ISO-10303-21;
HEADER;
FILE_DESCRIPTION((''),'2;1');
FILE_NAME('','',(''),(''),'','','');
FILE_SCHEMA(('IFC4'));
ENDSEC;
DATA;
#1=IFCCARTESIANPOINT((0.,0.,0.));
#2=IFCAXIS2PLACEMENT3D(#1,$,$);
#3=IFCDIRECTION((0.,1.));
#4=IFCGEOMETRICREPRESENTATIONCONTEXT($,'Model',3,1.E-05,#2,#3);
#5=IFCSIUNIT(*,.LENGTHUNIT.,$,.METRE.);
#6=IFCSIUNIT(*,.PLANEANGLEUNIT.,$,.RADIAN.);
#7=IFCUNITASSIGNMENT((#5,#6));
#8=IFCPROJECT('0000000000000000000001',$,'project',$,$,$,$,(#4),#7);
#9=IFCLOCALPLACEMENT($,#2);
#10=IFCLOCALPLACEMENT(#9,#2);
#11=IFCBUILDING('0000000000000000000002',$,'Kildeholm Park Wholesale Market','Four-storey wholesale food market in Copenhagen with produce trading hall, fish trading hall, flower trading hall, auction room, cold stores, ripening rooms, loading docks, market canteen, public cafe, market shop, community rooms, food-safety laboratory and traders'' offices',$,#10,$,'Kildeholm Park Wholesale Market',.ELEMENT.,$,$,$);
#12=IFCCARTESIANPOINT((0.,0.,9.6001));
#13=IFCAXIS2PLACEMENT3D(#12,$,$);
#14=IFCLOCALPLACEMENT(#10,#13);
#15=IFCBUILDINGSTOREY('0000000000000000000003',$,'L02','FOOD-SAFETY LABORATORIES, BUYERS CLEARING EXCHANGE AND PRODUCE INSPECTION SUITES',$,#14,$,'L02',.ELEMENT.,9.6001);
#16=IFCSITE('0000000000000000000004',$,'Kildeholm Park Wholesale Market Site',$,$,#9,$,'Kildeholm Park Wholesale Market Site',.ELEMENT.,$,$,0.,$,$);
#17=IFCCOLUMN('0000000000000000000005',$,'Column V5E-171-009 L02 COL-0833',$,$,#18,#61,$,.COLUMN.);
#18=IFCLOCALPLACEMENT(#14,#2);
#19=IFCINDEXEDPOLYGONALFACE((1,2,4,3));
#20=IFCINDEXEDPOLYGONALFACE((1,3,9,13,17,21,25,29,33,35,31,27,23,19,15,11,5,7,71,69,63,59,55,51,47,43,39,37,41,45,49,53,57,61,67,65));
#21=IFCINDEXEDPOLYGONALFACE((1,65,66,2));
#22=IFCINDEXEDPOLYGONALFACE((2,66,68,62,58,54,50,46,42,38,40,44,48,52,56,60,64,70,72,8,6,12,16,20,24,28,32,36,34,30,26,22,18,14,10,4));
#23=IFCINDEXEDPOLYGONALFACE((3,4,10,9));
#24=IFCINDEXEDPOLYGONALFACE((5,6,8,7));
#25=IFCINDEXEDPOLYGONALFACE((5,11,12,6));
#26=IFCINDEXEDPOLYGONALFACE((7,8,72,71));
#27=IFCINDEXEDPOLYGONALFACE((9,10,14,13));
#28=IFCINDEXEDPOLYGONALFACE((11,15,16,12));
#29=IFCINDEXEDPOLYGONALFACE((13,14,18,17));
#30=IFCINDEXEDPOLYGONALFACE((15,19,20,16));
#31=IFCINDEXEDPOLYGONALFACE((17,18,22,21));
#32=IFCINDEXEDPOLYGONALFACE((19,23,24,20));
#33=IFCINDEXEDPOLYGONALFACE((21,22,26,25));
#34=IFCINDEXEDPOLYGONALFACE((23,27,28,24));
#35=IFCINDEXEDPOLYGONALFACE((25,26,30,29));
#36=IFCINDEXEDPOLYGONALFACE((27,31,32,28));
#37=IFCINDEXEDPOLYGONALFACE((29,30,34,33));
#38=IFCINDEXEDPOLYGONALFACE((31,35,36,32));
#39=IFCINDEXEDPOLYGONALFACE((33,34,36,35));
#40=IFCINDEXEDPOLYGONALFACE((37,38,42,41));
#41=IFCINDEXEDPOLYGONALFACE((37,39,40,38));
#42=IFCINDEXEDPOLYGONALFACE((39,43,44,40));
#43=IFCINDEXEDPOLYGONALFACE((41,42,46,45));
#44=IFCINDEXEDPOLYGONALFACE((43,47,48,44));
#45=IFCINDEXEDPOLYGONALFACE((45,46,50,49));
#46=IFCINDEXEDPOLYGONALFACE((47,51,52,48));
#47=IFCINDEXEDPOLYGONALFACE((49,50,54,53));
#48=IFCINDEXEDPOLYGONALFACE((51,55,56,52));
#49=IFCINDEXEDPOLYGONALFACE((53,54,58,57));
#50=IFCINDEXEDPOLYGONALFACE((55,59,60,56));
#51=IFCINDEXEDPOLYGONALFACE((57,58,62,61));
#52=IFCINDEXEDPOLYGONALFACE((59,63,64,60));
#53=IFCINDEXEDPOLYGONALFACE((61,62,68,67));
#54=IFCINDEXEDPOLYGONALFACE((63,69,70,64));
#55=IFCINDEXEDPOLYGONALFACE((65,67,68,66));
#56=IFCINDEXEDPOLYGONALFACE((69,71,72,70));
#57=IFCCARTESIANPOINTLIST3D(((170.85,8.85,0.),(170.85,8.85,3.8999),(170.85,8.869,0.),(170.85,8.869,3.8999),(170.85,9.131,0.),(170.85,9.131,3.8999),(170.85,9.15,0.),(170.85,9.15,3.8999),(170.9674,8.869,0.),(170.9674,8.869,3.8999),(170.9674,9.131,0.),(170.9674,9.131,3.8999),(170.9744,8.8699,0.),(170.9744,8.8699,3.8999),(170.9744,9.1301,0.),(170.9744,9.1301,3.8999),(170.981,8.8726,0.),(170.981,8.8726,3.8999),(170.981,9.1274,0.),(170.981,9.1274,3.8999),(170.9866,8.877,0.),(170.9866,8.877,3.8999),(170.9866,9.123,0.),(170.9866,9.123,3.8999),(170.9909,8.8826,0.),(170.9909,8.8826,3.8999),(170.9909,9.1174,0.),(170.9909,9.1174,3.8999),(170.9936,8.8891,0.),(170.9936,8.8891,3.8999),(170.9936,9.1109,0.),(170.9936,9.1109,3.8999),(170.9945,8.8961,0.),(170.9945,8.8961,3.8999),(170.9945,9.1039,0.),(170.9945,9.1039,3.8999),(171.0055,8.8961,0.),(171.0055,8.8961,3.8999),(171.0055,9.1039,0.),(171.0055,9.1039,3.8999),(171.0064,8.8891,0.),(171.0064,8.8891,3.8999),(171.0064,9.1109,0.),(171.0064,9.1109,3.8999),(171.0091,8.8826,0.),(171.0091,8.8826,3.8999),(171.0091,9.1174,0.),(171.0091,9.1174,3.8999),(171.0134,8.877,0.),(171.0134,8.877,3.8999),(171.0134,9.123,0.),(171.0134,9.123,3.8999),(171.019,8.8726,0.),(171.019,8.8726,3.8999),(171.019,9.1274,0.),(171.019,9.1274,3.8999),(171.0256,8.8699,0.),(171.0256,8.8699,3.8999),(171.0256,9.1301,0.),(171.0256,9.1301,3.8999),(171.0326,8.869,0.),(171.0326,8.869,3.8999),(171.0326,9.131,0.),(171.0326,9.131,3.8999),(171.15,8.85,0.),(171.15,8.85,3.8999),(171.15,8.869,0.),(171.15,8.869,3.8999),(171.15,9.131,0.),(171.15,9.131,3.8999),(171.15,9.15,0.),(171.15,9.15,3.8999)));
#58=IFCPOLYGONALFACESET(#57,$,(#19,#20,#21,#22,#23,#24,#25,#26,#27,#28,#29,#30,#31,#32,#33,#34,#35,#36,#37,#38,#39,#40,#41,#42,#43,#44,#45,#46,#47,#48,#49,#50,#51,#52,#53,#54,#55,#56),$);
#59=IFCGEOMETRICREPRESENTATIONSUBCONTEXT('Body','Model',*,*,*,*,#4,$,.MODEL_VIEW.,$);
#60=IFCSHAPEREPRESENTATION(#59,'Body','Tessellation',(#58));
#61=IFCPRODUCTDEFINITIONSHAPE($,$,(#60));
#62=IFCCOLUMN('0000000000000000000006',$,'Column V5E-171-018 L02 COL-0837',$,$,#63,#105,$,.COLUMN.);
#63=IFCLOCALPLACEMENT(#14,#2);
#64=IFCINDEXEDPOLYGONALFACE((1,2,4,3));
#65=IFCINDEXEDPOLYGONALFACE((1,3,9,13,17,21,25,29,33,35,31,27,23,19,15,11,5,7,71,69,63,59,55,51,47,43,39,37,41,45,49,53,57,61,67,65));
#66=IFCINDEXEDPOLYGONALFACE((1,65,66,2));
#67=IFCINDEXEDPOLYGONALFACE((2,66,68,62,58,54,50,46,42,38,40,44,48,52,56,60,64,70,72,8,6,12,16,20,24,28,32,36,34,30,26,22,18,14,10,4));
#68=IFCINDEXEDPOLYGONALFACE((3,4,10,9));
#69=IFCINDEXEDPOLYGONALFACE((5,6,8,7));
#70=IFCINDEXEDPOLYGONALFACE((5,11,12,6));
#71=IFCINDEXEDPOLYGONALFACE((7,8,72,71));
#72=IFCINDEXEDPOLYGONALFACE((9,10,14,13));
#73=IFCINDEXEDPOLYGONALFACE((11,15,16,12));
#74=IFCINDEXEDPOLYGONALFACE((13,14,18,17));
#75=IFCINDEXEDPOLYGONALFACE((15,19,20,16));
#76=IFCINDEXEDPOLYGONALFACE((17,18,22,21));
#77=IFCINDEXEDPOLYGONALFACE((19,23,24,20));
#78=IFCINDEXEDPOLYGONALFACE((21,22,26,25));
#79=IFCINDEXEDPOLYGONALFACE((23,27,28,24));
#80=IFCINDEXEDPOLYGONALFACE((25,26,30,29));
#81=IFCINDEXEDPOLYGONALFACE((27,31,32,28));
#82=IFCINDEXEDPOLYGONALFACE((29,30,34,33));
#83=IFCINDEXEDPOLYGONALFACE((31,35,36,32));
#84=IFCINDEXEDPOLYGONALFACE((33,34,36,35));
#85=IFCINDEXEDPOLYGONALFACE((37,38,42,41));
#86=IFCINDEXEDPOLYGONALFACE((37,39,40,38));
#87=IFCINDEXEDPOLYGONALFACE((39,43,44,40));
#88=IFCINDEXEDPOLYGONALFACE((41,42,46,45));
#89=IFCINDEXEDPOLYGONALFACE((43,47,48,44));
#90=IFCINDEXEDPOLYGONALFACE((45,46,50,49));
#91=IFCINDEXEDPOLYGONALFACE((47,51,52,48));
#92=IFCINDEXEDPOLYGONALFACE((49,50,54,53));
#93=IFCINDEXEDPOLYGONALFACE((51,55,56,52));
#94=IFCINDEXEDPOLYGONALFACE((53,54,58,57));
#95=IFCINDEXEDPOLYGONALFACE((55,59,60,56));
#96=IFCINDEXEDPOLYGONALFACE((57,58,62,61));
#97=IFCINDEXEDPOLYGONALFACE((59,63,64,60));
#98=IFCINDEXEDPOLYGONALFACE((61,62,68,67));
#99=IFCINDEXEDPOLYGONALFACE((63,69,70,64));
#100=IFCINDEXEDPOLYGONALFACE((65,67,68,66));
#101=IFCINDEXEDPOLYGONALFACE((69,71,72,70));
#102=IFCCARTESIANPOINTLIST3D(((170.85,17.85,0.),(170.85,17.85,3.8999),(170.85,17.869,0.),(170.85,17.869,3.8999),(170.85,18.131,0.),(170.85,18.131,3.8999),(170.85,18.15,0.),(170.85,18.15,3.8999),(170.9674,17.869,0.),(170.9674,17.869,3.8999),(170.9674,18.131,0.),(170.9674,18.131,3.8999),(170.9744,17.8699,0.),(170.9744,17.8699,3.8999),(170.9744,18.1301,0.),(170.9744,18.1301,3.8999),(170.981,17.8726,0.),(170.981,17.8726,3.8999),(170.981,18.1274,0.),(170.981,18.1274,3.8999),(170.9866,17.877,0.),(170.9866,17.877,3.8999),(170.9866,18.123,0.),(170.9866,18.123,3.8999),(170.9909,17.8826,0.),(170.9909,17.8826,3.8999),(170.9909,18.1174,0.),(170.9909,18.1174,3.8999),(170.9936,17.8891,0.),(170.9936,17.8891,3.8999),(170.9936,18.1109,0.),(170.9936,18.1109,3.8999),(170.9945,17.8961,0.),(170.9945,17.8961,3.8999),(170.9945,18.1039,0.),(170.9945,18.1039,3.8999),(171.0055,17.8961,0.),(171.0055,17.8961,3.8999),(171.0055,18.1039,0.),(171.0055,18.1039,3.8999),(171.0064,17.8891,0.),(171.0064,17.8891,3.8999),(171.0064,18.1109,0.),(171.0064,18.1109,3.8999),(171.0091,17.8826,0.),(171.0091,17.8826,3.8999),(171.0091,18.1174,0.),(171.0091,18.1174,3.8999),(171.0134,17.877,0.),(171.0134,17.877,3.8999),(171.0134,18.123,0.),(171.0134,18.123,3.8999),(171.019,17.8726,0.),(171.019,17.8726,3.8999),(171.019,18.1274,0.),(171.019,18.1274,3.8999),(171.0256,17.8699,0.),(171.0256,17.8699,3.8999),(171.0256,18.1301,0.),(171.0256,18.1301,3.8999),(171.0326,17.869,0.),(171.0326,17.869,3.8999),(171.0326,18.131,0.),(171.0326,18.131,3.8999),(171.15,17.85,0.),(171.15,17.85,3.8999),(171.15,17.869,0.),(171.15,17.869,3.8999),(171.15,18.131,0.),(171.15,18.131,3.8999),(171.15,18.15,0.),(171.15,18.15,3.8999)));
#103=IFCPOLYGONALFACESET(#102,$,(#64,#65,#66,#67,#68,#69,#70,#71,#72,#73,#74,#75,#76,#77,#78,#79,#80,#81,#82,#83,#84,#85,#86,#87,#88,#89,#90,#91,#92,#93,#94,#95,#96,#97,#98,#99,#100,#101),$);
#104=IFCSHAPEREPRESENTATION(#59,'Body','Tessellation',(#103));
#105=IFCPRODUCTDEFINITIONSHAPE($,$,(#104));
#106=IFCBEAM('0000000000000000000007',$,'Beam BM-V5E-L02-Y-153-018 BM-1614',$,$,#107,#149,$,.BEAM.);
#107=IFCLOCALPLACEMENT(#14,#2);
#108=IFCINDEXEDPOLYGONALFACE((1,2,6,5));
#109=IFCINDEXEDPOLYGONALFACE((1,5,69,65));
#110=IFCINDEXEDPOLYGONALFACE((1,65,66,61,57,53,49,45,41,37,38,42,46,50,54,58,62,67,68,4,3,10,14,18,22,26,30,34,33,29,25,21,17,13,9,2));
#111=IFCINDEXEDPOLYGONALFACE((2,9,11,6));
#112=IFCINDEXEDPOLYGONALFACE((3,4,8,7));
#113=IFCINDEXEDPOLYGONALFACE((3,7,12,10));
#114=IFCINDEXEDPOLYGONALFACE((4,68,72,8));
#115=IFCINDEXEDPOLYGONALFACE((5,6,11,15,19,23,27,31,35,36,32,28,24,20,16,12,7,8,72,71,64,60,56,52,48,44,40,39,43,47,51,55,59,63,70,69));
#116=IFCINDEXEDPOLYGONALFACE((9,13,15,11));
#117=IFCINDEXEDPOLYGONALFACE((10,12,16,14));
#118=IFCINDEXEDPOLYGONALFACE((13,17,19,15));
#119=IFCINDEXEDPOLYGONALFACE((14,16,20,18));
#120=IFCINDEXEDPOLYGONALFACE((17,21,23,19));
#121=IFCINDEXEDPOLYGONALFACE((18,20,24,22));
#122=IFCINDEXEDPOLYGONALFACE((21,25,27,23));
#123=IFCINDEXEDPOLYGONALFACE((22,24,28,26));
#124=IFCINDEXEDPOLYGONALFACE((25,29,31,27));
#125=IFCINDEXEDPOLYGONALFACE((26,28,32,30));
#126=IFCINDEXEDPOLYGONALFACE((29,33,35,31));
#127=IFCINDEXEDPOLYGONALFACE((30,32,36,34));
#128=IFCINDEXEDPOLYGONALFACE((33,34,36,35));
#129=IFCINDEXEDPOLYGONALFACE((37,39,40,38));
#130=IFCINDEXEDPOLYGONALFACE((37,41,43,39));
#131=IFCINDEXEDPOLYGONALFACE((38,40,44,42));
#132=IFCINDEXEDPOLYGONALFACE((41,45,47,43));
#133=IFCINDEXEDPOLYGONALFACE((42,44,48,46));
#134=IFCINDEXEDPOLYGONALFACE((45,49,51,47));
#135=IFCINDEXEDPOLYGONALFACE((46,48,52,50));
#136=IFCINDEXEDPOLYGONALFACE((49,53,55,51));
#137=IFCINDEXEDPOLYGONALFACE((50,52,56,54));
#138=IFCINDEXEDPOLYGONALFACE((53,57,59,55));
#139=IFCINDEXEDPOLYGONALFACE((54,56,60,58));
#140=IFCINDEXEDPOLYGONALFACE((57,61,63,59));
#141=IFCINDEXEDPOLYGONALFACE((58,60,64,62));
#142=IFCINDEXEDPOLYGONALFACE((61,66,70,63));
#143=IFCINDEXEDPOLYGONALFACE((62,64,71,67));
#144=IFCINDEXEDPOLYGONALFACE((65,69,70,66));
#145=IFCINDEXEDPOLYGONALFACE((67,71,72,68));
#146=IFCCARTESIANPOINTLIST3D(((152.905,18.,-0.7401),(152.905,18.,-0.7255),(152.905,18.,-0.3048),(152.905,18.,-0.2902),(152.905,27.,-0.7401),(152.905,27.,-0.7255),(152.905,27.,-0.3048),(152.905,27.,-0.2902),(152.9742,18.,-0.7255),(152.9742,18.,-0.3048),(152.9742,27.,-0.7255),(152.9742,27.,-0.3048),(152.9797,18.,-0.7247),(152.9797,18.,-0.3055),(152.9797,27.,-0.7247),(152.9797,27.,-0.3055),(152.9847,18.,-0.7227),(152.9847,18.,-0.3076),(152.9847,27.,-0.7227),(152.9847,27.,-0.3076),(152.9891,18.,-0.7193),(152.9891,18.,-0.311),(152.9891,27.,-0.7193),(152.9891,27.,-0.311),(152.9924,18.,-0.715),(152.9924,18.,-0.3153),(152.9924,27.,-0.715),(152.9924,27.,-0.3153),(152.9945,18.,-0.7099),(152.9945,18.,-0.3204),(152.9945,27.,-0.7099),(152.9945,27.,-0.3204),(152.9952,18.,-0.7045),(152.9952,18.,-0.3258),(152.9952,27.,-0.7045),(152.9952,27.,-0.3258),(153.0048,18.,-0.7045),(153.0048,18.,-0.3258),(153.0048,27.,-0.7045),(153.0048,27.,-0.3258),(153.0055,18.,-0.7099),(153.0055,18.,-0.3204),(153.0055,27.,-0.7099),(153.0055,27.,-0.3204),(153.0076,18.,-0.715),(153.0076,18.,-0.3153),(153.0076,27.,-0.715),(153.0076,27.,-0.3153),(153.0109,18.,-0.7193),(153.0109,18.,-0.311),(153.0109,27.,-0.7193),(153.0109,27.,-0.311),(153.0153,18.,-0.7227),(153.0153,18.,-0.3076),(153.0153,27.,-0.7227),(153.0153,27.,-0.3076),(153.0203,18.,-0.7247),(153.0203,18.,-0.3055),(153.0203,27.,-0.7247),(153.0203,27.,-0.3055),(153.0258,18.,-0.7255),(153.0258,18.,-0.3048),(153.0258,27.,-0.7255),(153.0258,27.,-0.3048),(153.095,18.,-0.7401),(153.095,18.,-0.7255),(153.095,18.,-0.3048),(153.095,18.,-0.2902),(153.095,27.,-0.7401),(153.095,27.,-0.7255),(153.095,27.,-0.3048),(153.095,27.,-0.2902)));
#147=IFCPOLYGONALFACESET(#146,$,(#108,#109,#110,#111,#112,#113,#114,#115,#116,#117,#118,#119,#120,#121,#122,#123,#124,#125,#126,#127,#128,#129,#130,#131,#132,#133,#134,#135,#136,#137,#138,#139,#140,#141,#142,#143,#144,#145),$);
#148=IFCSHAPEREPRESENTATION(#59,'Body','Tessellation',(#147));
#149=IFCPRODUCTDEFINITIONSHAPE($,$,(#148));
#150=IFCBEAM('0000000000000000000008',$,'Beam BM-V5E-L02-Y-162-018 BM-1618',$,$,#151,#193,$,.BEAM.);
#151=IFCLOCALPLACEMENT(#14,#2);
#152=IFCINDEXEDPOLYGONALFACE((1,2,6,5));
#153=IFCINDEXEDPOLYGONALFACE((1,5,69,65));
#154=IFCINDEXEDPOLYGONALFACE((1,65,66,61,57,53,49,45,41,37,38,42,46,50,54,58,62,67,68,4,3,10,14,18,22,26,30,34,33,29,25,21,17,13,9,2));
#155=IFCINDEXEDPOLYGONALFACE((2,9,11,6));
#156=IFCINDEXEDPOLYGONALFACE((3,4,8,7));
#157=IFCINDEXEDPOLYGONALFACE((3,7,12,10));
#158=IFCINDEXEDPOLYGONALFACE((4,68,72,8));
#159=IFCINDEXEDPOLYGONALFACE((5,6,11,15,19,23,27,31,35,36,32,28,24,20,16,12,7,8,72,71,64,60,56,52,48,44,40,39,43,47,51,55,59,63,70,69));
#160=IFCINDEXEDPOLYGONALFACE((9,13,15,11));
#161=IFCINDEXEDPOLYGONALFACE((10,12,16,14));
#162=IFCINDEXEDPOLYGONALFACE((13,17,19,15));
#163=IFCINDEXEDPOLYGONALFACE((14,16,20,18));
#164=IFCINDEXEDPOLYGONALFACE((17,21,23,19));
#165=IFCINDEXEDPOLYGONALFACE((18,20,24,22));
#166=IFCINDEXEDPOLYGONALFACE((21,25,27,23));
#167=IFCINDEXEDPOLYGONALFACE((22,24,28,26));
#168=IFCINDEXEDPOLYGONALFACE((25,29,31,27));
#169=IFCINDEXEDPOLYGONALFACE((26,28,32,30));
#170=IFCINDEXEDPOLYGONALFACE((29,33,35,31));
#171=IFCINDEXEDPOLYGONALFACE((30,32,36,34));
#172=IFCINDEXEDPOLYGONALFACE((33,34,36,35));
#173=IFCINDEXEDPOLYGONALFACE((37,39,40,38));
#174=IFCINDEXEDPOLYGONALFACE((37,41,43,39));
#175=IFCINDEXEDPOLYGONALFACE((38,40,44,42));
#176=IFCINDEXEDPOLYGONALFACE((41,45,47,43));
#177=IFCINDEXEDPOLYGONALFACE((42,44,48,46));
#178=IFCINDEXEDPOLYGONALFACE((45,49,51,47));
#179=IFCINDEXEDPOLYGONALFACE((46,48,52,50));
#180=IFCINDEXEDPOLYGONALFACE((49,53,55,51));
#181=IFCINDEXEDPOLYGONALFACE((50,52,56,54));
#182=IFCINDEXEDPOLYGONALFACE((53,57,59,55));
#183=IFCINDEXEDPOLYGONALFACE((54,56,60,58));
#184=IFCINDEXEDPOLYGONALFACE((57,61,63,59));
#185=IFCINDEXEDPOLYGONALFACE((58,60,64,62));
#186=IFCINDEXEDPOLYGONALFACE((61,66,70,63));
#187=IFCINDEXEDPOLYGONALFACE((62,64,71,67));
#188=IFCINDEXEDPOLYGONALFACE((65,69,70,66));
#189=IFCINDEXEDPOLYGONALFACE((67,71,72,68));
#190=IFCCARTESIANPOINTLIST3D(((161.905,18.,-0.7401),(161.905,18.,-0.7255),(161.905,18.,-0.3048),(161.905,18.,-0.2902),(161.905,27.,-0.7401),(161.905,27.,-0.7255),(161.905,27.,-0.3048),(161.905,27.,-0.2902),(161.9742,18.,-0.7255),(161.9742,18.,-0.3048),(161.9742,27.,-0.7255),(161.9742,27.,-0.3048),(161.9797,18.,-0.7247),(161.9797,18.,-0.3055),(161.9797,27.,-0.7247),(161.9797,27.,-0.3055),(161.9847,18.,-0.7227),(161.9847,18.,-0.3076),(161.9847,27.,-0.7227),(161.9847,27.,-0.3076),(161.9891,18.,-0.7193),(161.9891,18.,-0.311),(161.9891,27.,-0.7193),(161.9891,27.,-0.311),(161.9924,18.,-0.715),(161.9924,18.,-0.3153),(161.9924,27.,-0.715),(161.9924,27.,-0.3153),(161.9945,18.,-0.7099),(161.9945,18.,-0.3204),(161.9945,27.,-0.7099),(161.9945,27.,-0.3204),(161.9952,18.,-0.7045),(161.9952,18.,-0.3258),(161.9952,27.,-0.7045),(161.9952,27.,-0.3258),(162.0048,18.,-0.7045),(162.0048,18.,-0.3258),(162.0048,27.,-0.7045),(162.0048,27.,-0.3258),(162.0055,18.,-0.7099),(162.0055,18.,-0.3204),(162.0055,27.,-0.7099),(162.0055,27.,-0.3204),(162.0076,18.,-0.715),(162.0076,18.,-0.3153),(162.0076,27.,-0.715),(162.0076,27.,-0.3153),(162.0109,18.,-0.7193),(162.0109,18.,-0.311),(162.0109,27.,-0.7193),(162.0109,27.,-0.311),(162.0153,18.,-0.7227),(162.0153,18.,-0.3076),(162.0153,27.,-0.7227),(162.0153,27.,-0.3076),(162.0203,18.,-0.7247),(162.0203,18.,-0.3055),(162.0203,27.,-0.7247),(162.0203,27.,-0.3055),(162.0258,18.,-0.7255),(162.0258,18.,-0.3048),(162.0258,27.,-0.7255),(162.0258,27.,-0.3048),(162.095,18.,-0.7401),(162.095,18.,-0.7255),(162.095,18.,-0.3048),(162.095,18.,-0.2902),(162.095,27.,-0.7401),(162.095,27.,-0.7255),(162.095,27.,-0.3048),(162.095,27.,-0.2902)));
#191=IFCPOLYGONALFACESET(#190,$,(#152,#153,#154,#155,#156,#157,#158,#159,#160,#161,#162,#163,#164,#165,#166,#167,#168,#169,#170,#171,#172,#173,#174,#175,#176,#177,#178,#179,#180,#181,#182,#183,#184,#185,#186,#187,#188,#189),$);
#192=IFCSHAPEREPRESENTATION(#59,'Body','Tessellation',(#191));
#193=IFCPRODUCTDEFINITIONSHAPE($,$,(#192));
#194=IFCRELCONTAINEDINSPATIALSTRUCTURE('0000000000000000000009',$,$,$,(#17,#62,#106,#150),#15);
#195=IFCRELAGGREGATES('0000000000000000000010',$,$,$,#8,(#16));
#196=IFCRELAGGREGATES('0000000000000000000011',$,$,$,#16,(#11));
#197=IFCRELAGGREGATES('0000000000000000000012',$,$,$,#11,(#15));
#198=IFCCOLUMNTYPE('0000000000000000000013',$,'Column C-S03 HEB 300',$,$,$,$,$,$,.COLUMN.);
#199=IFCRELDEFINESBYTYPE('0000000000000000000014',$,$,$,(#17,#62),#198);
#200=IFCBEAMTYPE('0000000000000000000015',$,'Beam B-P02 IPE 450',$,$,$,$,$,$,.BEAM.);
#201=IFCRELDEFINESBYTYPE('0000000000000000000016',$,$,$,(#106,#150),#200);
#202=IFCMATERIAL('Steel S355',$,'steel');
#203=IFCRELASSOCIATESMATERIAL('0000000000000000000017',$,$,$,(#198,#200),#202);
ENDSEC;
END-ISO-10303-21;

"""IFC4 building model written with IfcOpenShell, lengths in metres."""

from ifc_helpers import new_model, si_unit, direction, frame, origin, origin_2d, place, context, subcontext, project, spatial, i_section, extrude, material, material_profile, profile_set, type_object, element, save


model = new_model("IFC4")

# Units and contexts
model_context = context("Model", 3, precision=1e-05, world=origin(), true_north=direction((0.0, 1.0)))
body_context = subcontext(model_context, "Body", "Model", "MODEL_VIEW")
ifc_project = project(units=[si_unit("LENGTHUNIT", "METRE"), si_unit("PLANEANGLEUNIT", "RADIAN")], contexts=[model_context])

# Site, building, storey
site_placement = place(None, origin())
site = spatial("IfcSite", under=ifc_project, at=site_placement, Name="Kildeholm Park Wholesale Market Site", LongName="Kildeholm Park Wholesale Market Site", CompositionType="ELEMENT", RefElevation=0.0)
building_placement = place(site_placement, origin())
building = spatial("IfcBuilding", under=site, at=building_placement, Name="Kildeholm Park Wholesale Market", Description="Four-storey wholesale food market in Copenhagen with produce trading hall, fish trading hall, flower trading hall, auction room, cold stores, ripening rooms, loading docks, market canteen, public cafe, market shop, community rooms, food-safety laboratory and traders' offices", LongName="Kildeholm Park Wholesale Market", CompositionType="ELEMENT")
storey_placement = place(building_placement, frame((0.0, 0.0, 9.6001)))
storey = spatial("IfcBuildingStorey", under=building, at=storey_placement, Name="L02", Description="FOOD-SAFETY LABORATORIES, BUYERS CLEARING EXCHANGE AND PRODUCE INSPECTION SUITES", LongName="L02", CompositionType="ELEMENT", Elevation=9.6001)

# Columns
ifc_material_1 = material(Name="Steel S355", Category="steel")
ifc_material_profile_1 = material_profile(ifc_material_1, i_section(OverallWidth=0.3, OverallDepth=0.3, WebThickness=0.011, FlangeThickness=0.019, FilletRadius=0.0271, at=origin_2d()), Name="HEB 300")
ifc_profile_set_1 = profile_set([ifc_material_profile_1], Name="Steel S355")
column_type = type_object("IfcColumnType", Name="Column C-S03 HEB 300", PredefinedType="COLUMN", material=ifc_profile_set_1)
for number, where, z_axis, x_axis, name in (
    (1, (171.0, 9.0, 0.0), (0.0, 0.0, 1.0), (1.0, 0.0, 0.0), "Column V5E-171-009 L02 COL-0833"),
    (2, (171.0, 18.0, 0.0), (0.0, 0.0, 1.0), (1.0, 0.0, 0.0), "Column V5E-171-018 L02 COL-0837"),
):
    element("IfcColumn", number, at=place(storey_placement, frame(where, z_axis=z_axis, x_axis=x_axis)), inside=storey, type_object=column_type, Name=name, PredefinedType="COLUMN", context=body_context, shape_type="SweptSolid", body=[
        extrude(i_section(OverallWidth=0.3, OverallDepth=0.3, WebThickness=0.011, FlangeThickness=0.019, FilletRadius=0.0271, at=origin_2d()), origin(), (0.0, 0.0, 1.0), 3.8999),
    ])

# Beams
ifc_material_profile_2 = material_profile(ifc_material_1, i_section(OverallWidth=0.1899, OverallDepth=0.45, WebThickness=0.0095, FlangeThickness=0.0146, FilletRadius=0.021, at=origin_2d()), Name="IPE 450")
ifc_profile_set_2 = profile_set([ifc_material_profile_2], Name="Steel S355")
beam_type_1 = type_object("IfcBeamType", Name="Beam B-P02 IPE 450", PredefinedType="BEAM", material=ifc_profile_set_2)
for number, where, z_axis, x_axis, name in (
    (3, (153.0, 18.0, -0.5151), (0.0, 1.0, 0.0), (-1.0, 0.0, 0.0), "Beam BM-V5E-L02-Y-153-018 BM-1614"),
    (4, (162.0, 18.0, -0.5151), (0.0, 1.0, 0.0), (-1.0, 0.0, 0.0), "Beam BM-V5E-L02-Y-162-018 BM-1618"),
):
    element("IfcBeam", number, at=place(storey_placement, frame(where, z_axis=z_axis, x_axis=x_axis)), inside=storey, type_object=beam_type_1, Name=name, PredefinedType="BEAM", context=body_context, shape_type="SweptSolid", body=[
        extrude(i_section(OverallWidth=0.1899, OverallDepth=0.45, WebThickness=0.0095, FlangeThickness=0.0146, FilletRadius=0.021, at=origin_2d()), origin(), (0.0, 0.0, 1.0), 9.0),
    ])

save(model, "model.ifc")
